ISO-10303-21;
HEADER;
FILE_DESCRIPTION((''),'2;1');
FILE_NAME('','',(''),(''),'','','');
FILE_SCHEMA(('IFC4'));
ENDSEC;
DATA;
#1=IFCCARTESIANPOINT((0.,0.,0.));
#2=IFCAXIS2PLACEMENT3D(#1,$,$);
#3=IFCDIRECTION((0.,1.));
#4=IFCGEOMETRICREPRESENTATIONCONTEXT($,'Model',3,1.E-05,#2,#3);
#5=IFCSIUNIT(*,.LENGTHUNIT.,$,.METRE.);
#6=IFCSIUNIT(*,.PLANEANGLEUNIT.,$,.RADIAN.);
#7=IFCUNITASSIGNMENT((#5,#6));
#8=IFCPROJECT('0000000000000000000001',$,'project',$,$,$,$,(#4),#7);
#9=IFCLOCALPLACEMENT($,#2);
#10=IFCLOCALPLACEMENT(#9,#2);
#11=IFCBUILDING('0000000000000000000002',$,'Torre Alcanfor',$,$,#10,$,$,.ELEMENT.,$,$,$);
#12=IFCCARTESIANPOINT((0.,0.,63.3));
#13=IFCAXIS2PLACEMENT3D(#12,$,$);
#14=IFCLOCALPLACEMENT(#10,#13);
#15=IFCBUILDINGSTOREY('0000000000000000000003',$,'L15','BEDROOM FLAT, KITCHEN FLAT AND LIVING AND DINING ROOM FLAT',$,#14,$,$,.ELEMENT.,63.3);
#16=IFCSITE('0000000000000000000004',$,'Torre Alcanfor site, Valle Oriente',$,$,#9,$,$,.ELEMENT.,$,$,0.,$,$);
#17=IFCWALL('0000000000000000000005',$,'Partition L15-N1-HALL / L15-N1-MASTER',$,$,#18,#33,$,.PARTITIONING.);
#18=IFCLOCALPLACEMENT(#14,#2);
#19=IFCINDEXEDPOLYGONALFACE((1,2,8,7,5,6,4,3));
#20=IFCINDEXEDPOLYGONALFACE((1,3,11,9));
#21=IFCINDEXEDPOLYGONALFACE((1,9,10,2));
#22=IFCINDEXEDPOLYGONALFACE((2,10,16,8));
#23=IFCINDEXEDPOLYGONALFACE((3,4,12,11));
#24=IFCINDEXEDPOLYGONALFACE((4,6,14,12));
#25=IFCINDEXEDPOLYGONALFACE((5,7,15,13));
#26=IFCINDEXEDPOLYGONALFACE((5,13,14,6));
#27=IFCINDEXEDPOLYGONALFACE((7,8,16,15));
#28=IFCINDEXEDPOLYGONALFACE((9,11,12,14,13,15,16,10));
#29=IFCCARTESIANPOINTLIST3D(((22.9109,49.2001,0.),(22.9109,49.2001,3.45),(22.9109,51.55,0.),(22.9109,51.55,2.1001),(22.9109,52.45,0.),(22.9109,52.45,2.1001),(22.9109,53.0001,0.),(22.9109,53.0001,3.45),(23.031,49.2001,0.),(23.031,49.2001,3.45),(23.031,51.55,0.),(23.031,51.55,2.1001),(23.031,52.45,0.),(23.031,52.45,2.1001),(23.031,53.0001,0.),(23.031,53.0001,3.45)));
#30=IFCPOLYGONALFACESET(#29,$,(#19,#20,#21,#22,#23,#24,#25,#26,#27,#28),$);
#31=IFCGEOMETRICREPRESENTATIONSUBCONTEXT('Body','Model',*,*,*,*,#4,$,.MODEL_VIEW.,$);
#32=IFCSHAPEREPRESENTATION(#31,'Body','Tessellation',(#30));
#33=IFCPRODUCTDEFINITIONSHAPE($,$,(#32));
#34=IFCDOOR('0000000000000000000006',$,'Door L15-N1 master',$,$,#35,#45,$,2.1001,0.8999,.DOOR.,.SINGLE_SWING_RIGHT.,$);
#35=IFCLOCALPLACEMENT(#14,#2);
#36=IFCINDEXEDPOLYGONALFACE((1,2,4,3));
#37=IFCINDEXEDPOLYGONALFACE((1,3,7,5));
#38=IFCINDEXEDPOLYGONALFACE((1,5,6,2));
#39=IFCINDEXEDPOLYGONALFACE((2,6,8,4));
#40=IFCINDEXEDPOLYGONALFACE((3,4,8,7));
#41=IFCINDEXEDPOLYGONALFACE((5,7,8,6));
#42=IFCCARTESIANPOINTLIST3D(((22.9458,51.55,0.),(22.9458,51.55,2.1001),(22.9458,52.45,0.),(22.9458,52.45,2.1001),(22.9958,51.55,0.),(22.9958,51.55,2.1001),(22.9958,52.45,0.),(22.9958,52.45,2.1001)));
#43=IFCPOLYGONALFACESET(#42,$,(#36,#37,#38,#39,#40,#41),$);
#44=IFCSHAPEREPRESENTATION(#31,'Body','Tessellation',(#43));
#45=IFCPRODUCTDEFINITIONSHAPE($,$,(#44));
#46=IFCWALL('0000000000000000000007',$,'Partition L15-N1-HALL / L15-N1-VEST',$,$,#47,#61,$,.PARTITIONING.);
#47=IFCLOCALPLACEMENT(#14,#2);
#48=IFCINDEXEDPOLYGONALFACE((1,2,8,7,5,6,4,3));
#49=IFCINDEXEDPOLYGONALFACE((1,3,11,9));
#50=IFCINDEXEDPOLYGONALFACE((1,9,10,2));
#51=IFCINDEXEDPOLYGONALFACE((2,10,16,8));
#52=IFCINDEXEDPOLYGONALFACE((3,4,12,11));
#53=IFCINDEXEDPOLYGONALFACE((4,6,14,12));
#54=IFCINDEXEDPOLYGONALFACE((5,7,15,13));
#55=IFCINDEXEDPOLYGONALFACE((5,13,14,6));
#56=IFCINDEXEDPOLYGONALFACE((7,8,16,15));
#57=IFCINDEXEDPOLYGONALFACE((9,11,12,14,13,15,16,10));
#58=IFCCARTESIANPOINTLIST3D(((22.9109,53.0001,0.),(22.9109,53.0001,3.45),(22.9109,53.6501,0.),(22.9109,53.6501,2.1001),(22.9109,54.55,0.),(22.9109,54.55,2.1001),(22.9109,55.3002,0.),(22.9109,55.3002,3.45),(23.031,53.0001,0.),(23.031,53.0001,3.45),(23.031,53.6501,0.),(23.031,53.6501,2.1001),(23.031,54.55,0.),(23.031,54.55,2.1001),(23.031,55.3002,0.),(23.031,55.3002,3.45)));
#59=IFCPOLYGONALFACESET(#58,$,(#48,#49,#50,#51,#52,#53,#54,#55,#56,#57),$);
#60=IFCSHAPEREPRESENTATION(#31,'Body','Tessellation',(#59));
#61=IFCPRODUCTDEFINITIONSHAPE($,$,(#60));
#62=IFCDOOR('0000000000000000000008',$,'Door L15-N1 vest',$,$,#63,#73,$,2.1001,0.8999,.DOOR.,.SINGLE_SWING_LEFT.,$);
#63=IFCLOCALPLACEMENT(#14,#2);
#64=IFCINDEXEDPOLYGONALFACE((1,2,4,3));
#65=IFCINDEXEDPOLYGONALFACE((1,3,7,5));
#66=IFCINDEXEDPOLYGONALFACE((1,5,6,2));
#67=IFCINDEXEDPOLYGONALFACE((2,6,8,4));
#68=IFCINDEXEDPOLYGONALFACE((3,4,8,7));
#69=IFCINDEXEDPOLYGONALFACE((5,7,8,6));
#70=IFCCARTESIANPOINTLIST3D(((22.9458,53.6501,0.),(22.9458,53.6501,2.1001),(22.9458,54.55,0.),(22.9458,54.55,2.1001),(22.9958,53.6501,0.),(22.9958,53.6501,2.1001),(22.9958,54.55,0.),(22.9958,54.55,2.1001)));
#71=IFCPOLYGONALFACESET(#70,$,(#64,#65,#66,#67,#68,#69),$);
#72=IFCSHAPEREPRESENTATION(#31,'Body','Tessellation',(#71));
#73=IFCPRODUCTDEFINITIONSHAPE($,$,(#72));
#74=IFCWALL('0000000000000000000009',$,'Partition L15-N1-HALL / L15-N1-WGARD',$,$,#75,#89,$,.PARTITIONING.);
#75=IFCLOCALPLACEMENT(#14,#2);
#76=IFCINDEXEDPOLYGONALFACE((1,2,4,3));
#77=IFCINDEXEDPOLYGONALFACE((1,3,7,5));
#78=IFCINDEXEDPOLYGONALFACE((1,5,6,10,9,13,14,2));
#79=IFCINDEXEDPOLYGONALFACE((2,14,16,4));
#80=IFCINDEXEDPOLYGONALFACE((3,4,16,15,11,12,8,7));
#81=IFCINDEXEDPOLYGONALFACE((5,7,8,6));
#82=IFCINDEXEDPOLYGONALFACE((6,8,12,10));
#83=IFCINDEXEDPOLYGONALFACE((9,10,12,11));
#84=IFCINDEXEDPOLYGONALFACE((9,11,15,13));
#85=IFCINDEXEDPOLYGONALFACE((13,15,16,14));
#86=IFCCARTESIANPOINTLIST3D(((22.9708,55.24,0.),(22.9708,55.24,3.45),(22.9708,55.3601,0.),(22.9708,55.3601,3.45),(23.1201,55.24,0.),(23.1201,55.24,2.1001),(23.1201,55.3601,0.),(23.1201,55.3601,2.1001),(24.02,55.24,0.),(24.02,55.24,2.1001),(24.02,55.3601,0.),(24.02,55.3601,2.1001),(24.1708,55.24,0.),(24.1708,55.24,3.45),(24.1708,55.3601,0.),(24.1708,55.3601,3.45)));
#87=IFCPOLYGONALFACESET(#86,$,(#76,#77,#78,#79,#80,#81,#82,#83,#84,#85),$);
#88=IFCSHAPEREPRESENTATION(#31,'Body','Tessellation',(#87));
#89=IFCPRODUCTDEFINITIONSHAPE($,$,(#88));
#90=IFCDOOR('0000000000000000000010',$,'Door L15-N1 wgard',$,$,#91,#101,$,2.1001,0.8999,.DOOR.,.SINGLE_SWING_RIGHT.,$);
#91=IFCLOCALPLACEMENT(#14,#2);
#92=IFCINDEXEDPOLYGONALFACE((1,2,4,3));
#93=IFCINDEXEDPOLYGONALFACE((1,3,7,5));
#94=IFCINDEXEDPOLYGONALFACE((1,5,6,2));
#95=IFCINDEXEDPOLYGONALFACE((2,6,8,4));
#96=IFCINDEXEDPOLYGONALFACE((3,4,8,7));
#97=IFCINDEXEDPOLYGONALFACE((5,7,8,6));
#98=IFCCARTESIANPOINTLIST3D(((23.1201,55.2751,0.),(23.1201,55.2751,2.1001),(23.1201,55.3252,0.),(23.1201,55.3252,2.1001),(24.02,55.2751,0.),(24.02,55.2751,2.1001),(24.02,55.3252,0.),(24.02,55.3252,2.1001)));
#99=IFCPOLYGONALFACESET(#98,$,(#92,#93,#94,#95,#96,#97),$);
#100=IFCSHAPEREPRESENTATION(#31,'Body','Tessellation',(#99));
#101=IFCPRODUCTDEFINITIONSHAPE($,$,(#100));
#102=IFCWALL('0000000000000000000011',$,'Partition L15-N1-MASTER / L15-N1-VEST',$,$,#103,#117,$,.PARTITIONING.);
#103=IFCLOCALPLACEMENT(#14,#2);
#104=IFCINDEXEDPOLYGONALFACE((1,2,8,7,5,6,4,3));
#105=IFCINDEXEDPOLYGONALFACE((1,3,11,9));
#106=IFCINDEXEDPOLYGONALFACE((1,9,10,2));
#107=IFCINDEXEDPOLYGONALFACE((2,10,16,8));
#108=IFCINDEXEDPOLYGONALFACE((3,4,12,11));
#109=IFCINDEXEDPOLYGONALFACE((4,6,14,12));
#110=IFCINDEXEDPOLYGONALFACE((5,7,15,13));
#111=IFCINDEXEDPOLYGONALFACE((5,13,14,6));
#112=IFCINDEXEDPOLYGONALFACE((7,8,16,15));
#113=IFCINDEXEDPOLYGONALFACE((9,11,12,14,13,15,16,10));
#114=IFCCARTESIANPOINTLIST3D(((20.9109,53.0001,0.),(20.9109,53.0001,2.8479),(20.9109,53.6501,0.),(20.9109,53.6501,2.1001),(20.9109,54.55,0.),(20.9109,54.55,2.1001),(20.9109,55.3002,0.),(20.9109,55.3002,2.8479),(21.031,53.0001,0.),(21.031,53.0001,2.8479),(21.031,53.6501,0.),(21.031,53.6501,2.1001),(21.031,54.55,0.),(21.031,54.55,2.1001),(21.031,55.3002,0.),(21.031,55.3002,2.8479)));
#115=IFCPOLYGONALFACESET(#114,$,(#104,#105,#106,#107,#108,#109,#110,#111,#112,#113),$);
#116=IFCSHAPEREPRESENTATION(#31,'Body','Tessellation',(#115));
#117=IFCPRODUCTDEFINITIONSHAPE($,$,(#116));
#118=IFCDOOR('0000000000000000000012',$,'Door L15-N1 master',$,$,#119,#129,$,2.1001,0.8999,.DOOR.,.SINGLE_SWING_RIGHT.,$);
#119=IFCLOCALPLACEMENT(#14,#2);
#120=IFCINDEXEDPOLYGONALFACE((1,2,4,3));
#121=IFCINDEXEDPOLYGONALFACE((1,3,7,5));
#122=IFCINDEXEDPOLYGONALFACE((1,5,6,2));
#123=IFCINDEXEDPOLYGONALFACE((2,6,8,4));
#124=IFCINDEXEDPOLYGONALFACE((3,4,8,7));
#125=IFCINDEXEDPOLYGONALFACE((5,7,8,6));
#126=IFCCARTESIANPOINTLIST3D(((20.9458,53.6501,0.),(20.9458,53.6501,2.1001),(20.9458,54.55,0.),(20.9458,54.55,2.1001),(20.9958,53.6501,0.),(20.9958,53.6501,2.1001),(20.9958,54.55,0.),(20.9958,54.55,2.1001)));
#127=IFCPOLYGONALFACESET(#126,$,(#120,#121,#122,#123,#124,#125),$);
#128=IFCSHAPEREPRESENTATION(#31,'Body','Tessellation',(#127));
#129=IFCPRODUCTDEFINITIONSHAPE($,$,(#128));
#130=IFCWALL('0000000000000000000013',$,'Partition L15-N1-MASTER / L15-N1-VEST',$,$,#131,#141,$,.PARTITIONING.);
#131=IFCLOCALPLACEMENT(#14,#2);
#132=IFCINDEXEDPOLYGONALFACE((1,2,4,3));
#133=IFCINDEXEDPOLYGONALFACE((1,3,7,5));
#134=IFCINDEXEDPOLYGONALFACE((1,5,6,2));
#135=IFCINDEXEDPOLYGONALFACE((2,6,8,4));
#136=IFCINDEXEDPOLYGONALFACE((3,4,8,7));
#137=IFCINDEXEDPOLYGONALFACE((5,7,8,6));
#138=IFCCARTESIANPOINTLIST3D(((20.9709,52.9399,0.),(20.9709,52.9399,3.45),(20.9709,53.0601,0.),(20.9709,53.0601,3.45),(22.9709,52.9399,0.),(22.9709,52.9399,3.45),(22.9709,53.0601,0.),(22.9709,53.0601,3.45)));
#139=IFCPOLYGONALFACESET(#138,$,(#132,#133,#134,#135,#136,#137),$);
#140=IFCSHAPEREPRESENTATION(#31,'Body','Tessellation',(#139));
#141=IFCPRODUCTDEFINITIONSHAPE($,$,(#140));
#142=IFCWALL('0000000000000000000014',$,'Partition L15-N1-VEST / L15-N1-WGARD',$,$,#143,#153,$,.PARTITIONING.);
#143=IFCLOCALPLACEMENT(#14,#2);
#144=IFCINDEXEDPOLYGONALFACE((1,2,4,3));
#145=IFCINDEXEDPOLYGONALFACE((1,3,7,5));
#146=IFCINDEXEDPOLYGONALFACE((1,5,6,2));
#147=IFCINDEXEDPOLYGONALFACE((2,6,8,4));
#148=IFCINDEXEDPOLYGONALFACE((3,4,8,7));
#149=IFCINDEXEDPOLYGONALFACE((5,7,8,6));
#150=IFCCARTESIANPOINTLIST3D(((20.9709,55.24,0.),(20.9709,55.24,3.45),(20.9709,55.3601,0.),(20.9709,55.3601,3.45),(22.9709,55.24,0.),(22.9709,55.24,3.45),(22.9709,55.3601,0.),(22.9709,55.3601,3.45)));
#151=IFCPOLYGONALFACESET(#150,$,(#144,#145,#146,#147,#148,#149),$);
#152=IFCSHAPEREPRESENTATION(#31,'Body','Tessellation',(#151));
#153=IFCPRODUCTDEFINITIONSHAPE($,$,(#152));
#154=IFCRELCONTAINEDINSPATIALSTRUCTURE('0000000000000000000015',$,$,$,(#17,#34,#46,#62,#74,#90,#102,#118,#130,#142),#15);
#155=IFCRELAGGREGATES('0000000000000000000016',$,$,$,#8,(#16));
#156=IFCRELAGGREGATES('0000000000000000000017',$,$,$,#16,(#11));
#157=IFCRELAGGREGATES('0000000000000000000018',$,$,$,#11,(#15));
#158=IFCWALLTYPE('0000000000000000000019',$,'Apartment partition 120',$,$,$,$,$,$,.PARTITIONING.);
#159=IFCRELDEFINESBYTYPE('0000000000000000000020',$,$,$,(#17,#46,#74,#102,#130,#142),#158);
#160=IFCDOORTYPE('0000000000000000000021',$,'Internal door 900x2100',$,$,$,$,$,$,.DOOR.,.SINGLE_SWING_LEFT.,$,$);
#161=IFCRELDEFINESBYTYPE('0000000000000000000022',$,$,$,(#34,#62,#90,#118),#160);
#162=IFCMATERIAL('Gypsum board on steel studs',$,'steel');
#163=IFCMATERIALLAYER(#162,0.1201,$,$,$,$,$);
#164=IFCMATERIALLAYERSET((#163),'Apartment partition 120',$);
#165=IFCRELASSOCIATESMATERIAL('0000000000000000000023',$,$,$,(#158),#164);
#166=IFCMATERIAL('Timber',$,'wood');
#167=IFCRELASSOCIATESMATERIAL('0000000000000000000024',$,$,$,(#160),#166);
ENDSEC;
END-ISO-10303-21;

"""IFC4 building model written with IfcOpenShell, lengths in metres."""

from ifc_helpers import new_model, si_unit, direction, frame, frame_2d, origin, place, context, subcontext, project, spatial, rectangle, extrude, material, layer, layer_set, type_object, element, fill, save


model = new_model("IFC4")

# Units and contexts
model_context = context("Model", 3, precision=1e-05, world=origin(), true_north=direction((0.0, 1.0)))
body_context = subcontext(model_context, "Body", "Model", "MODEL_VIEW")
ifc_project = project(units=[si_unit("LENGTHUNIT", "METRE"), si_unit("PLANEANGLEUNIT", "RADIAN")], contexts=[model_context])

# Site, building, storey
site_placement = place(None, origin())
site = spatial("IfcSite", under=ifc_project, at=site_placement, Name="Torre Alcanfor site, Valle Oriente", CompositionType="ELEMENT", RefElevation=0.0)
building_placement = place(site_placement, origin())
building = spatial("IfcBuilding", under=site, at=building_placement, Name="Torre Alcanfor", CompositionType="ELEMENT")
storey_placement = place(building_placement, frame((0.0, 0.0, 63.3)))
storey = spatial("IfcBuildingStorey", under=building, at=storey_placement, Name="L15", Description="BEDROOM FLAT, KITCHEN FLAT AND LIVING AND DINING ROOM FLAT", CompositionType="ELEMENT", Elevation=63.3)

# Shared definitions
ifc_material_1 = material(Name="Gypsum board on steel studs", Category="steel")
ifc_layer_1 = layer(ifc_material_1, 0.1201)
ifc_layer_set_1 = layer_set([ifc_layer_1], Name="Apartment partition 120")
wall_type = type_object("IfcWallType", Name="Apartment partition 120", PredefinedType="PARTITIONING", material=ifc_layer_set_1)

# Shared definitions
ifc_material_2 = material(Name="Timber", Category="wood")
door_type = type_object("IfcDoorType", Name="Internal door 900x2100", OperationType="SINGLE_SWING_LEFT", PredefinedType="DOOR", material=ifc_material_2)

# Walls, openings, doors
wall_1_placement = place(storey_placement, frame((22.9709, 53.0, 0.0), z_axis=(0.0, 0.0, 1.0), x_axis=(0.0, -1.0, 0.0)))
wall_1 = element("IfcWall", 1, at=wall_1_placement, inside=storey, type_object=wall_type, Name="Partition L15-N1-HALL / L15-N1-MASTER", PredefinedType="PARTITIONING", context=body_context, shape_type="SweptSolid", body=[
    extrude(rectangle(XDim=3.8, YDim=0.1201, at=frame_2d((1.8999, 0.0))), origin(), (0.0, 0.0, 1.0), 3.45),
])
opening_1_placement = place(wall_1_placement, frame((0.55, 0.0, 0.0)))
opening_1 = element("IfcOpeningElement", 2, at=opening_1_placement, cuts=wall_1, PredefinedType="OPENING", context=body_context, shape_type="SweptSolid", body=[
    extrude(rectangle(XDim=0.8999, YDim=2.1001, at=frame_2d((0.45, 1.05))), frame((0.0, 0.0701, 0.0), z_axis=(0.0, -1.0, 0.0), x_axis=(1.0, 0.0, 0.0)), (0.0, 0.0, 1.0), 0.1401),
])
door_1_placement = place(opening_1_placement, frame((0.8999, 0.0, 0.0), z_axis=(0.0, 0.0, 1.0), x_axis=(-1.0, 0.0, 0.0)))
door_1 = element("IfcDoor", 3, at=door_1_placement, inside=storey, type_object=door_type, Name="Door L15-N1 master", OperationType="SINGLE_SWING_RIGHT", OverallHeight=2.1001, OverallWidth=0.8999, PredefinedType="DOOR", context=body_context, shape_type="SweptSolid", body=[
    extrude(rectangle(XDim=0.8999, YDim=2.1001, at=frame_2d((0.45, 1.05))), frame((0.0, 0.0251, 0.0), z_axis=(0.0, -1.0, 0.0), x_axis=(1.0, 0.0, 0.0)), (0.0, 0.0, 1.0), 0.05),
])
fill(opening_1, door_1)
wall_2_placement = place(storey_placement, frame((22.9709, 55.3, 0.0), z_axis=(0.0, 0.0, 1.0), x_axis=(0.0, -1.0, 0.0)))
wall_2 = element("IfcWall", 4, at=wall_2_placement, inside=storey, type_object=wall_type, Name="Partition L15-N1-HALL / L15-N1-VEST", PredefinedType="PARTITIONING", context=body_context, shape_type="SweptSolid", body=[
    extrude(rectangle(XDim=2.3, YDim=0.1201, at=frame_2d((1.1499, 0.0))), origin(), (0.0, 0.0, 1.0), 3.45),
])
opening_2_placement = place(wall_2_placement, frame((0.75, 0.0, 0.0)))
opening_2 = element("IfcOpeningElement", 5, at=opening_2_placement, cuts=wall_2, PredefinedType="OPENING", context=body_context, shape_type="SweptSolid", body=[
    extrude(rectangle(XDim=0.8999, YDim=2.1001, at=frame_2d((0.45, 1.05))), frame((0.0, 0.0701, 0.0), z_axis=(0.0, -1.0, 0.0), x_axis=(1.0, 0.0, 0.0)), (0.0, 0.0, 1.0), 0.1401),
])
door_2_placement = place(opening_2_placement, frame((0.8999, 0.0, 0.0), z_axis=(0.0, 0.0, 1.0), x_axis=(-1.0, 0.0, 0.0)))
door_2 = element("IfcDoor", 6, at=door_2_placement, inside=storey, type_object=door_type, Name="Door L15-N1 vest", OperationType="SINGLE_SWING_LEFT", OverallHeight=2.1001, OverallWidth=0.8999, PredefinedType="DOOR", context=body_context, shape_type="SweptSolid", body=[
    extrude(rectangle(XDim=0.8999, YDim=2.1001, at=frame_2d((0.45, 1.05))), frame((0.0, 0.0251, 0.0), z_axis=(0.0, -1.0, 0.0), x_axis=(1.0, 0.0, 0.0)), (0.0, 0.0, 1.0), 0.05),
])
fill(opening_2, door_2)
wall_3_placement = place(storey_placement, frame((24.1709, 55.3, 0.0), z_axis=(0.0, 0.0, 1.0), x_axis=(-1.0, 0.0, 0.0)))
wall_3 = element("IfcWall", 7, at=wall_3_placement, inside=storey, type_object=wall_type, Name="Partition L15-N1-HALL / L15-N1-WGARD", PredefinedType="PARTITIONING", context=body_context, shape_type="SweptSolid", body=[
    extrude(rectangle(XDim=1.2, YDim=0.1201, at=frame_2d((0.6001, 0.0))), origin(), (0.0, 0.0, 1.0), 3.45),
])
opening_3_placement = place(wall_3_placement, frame((0.1509, 0.0, 0.0)))
opening_3 = element("IfcOpeningElement", 8, at=opening_3_placement, cuts=wall_3, PredefinedType="OPENING", context=body_context, shape_type="SweptSolid", body=[
    extrude(rectangle(XDim=0.8999, YDim=2.1001, at=frame_2d((0.45, 1.05))), frame((0.0, 0.0701, 0.0), z_axis=(0.0, -1.0, 0.0), x_axis=(1.0, 0.0, 0.0)), (0.0, 0.0, 1.0), 0.1401),
])
door_3_placement = place(opening_3_placement, frame((0.8999, 0.0, 0.0), z_axis=(0.0, 0.0, 1.0), x_axis=(-1.0, 0.0, 0.0)))
door_3 = element("IfcDoor", 9, at=door_3_placement, inside=storey, type_object=door_type, Name="Door L15-N1 wgard", OperationType="SINGLE_SWING_RIGHT", OverallHeight=2.1001, OverallWidth=0.8999, PredefinedType="DOOR", context=body_context, shape_type="SweptSolid", body=[
    extrude(rectangle(XDim=0.8999, YDim=2.1001, at=frame_2d((0.45, 1.05))), frame((0.0, 0.0251, 0.0), z_axis=(0.0, -1.0, 0.0), x_axis=(1.0, 0.0, 0.0)), (0.0, 0.0, 1.0), 0.05),
])
fill(opening_3, door_3)
wall_4_placement = place(storey_placement, frame((20.9709, 55.3, 0.0), z_axis=(0.0, 0.0, 1.0), x_axis=(0.0, -1.0, 0.0)))
wall_4 = element("IfcWall", 10, at=wall_4_placement, inside=storey, type_object=wall_type, Name="Partition L15-N1-MASTER / L15-N1-VEST", PredefinedType="PARTITIONING", context=body_context, shape_type="SweptSolid", body=[
    extrude(rectangle(XDim=2.3, YDim=0.1201, at=frame_2d((1.1499, 0.0))), origin(), (0.0, 0.0, 1.0), 2.8479),
])
opening_4_placement = place(wall_4_placement, frame((0.75, 0.0, 0.0)))
opening_4 = element("IfcOpeningElement", 11, at=opening_4_placement, cuts=wall_4, PredefinedType="OPENING", context=body_context, shape_type="SweptSolid", body=[
    extrude(rectangle(XDim=0.8999, YDim=2.1001, at=frame_2d((0.45, 1.05))), frame((0.0, 0.0701, 0.0), z_axis=(0.0, -1.0, 0.0), x_axis=(1.0, 0.0, 0.0)), (0.0, 0.0, 1.0), 0.1401),
])
door_4_placement = place(opening_4_placement, origin())
door_4 = element("IfcDoor", 12, at=door_4_placement, inside=storey, type_object=door_type, Name="Door L15-N1 master", OperationType="SINGLE_SWING_RIGHT", OverallHeight=2.1001, OverallWidth=0.8999, PredefinedType="DOOR", context=body_context, shape_type="SweptSolid", body=[
    extrude(rectangle(XDim=0.8999, YDim=2.1001, at=frame_2d((0.45, 1.05))), frame((0.0, 0.0249, 0.0), z_axis=(0.0, -1.0, 0.0), x_axis=(1.0, 0.0, 0.0)), (0.0, 0.0, 1.0), 0.05),
])
fill(opening_4, door_4)

# Walls
for number, where, z_axis, x_axis, name in (
    (13, (20.9709, 53.0, 0.0), (0.0, 0.0, 1.0), (1.0, 0.0, 0.0), "Partition L15-N1-MASTER / L15-N1-VEST"),
    (14, (22.9709, 55.3, 0.0), (0.0, 0.0, 1.0), (-1.0, 0.0, 0.0), "Partition L15-N1-VEST / L15-N1-WGARD"),
):
    element("IfcWall", number, at=place(storey_placement, frame(where, z_axis=z_axis, x_axis=x_axis)), inside=storey, type_object=wall_type, Name=name, PredefinedType="PARTITIONING", context=body_context, shape_type="SweptSolid", body=[
        extrude(rectangle(XDim=2.0, YDim=0.1201, at=frame_2d((1.0, 0.0))), origin(), (0.0, 0.0, 1.0), 3.45),
    ])

save(model, "model.ifc")
